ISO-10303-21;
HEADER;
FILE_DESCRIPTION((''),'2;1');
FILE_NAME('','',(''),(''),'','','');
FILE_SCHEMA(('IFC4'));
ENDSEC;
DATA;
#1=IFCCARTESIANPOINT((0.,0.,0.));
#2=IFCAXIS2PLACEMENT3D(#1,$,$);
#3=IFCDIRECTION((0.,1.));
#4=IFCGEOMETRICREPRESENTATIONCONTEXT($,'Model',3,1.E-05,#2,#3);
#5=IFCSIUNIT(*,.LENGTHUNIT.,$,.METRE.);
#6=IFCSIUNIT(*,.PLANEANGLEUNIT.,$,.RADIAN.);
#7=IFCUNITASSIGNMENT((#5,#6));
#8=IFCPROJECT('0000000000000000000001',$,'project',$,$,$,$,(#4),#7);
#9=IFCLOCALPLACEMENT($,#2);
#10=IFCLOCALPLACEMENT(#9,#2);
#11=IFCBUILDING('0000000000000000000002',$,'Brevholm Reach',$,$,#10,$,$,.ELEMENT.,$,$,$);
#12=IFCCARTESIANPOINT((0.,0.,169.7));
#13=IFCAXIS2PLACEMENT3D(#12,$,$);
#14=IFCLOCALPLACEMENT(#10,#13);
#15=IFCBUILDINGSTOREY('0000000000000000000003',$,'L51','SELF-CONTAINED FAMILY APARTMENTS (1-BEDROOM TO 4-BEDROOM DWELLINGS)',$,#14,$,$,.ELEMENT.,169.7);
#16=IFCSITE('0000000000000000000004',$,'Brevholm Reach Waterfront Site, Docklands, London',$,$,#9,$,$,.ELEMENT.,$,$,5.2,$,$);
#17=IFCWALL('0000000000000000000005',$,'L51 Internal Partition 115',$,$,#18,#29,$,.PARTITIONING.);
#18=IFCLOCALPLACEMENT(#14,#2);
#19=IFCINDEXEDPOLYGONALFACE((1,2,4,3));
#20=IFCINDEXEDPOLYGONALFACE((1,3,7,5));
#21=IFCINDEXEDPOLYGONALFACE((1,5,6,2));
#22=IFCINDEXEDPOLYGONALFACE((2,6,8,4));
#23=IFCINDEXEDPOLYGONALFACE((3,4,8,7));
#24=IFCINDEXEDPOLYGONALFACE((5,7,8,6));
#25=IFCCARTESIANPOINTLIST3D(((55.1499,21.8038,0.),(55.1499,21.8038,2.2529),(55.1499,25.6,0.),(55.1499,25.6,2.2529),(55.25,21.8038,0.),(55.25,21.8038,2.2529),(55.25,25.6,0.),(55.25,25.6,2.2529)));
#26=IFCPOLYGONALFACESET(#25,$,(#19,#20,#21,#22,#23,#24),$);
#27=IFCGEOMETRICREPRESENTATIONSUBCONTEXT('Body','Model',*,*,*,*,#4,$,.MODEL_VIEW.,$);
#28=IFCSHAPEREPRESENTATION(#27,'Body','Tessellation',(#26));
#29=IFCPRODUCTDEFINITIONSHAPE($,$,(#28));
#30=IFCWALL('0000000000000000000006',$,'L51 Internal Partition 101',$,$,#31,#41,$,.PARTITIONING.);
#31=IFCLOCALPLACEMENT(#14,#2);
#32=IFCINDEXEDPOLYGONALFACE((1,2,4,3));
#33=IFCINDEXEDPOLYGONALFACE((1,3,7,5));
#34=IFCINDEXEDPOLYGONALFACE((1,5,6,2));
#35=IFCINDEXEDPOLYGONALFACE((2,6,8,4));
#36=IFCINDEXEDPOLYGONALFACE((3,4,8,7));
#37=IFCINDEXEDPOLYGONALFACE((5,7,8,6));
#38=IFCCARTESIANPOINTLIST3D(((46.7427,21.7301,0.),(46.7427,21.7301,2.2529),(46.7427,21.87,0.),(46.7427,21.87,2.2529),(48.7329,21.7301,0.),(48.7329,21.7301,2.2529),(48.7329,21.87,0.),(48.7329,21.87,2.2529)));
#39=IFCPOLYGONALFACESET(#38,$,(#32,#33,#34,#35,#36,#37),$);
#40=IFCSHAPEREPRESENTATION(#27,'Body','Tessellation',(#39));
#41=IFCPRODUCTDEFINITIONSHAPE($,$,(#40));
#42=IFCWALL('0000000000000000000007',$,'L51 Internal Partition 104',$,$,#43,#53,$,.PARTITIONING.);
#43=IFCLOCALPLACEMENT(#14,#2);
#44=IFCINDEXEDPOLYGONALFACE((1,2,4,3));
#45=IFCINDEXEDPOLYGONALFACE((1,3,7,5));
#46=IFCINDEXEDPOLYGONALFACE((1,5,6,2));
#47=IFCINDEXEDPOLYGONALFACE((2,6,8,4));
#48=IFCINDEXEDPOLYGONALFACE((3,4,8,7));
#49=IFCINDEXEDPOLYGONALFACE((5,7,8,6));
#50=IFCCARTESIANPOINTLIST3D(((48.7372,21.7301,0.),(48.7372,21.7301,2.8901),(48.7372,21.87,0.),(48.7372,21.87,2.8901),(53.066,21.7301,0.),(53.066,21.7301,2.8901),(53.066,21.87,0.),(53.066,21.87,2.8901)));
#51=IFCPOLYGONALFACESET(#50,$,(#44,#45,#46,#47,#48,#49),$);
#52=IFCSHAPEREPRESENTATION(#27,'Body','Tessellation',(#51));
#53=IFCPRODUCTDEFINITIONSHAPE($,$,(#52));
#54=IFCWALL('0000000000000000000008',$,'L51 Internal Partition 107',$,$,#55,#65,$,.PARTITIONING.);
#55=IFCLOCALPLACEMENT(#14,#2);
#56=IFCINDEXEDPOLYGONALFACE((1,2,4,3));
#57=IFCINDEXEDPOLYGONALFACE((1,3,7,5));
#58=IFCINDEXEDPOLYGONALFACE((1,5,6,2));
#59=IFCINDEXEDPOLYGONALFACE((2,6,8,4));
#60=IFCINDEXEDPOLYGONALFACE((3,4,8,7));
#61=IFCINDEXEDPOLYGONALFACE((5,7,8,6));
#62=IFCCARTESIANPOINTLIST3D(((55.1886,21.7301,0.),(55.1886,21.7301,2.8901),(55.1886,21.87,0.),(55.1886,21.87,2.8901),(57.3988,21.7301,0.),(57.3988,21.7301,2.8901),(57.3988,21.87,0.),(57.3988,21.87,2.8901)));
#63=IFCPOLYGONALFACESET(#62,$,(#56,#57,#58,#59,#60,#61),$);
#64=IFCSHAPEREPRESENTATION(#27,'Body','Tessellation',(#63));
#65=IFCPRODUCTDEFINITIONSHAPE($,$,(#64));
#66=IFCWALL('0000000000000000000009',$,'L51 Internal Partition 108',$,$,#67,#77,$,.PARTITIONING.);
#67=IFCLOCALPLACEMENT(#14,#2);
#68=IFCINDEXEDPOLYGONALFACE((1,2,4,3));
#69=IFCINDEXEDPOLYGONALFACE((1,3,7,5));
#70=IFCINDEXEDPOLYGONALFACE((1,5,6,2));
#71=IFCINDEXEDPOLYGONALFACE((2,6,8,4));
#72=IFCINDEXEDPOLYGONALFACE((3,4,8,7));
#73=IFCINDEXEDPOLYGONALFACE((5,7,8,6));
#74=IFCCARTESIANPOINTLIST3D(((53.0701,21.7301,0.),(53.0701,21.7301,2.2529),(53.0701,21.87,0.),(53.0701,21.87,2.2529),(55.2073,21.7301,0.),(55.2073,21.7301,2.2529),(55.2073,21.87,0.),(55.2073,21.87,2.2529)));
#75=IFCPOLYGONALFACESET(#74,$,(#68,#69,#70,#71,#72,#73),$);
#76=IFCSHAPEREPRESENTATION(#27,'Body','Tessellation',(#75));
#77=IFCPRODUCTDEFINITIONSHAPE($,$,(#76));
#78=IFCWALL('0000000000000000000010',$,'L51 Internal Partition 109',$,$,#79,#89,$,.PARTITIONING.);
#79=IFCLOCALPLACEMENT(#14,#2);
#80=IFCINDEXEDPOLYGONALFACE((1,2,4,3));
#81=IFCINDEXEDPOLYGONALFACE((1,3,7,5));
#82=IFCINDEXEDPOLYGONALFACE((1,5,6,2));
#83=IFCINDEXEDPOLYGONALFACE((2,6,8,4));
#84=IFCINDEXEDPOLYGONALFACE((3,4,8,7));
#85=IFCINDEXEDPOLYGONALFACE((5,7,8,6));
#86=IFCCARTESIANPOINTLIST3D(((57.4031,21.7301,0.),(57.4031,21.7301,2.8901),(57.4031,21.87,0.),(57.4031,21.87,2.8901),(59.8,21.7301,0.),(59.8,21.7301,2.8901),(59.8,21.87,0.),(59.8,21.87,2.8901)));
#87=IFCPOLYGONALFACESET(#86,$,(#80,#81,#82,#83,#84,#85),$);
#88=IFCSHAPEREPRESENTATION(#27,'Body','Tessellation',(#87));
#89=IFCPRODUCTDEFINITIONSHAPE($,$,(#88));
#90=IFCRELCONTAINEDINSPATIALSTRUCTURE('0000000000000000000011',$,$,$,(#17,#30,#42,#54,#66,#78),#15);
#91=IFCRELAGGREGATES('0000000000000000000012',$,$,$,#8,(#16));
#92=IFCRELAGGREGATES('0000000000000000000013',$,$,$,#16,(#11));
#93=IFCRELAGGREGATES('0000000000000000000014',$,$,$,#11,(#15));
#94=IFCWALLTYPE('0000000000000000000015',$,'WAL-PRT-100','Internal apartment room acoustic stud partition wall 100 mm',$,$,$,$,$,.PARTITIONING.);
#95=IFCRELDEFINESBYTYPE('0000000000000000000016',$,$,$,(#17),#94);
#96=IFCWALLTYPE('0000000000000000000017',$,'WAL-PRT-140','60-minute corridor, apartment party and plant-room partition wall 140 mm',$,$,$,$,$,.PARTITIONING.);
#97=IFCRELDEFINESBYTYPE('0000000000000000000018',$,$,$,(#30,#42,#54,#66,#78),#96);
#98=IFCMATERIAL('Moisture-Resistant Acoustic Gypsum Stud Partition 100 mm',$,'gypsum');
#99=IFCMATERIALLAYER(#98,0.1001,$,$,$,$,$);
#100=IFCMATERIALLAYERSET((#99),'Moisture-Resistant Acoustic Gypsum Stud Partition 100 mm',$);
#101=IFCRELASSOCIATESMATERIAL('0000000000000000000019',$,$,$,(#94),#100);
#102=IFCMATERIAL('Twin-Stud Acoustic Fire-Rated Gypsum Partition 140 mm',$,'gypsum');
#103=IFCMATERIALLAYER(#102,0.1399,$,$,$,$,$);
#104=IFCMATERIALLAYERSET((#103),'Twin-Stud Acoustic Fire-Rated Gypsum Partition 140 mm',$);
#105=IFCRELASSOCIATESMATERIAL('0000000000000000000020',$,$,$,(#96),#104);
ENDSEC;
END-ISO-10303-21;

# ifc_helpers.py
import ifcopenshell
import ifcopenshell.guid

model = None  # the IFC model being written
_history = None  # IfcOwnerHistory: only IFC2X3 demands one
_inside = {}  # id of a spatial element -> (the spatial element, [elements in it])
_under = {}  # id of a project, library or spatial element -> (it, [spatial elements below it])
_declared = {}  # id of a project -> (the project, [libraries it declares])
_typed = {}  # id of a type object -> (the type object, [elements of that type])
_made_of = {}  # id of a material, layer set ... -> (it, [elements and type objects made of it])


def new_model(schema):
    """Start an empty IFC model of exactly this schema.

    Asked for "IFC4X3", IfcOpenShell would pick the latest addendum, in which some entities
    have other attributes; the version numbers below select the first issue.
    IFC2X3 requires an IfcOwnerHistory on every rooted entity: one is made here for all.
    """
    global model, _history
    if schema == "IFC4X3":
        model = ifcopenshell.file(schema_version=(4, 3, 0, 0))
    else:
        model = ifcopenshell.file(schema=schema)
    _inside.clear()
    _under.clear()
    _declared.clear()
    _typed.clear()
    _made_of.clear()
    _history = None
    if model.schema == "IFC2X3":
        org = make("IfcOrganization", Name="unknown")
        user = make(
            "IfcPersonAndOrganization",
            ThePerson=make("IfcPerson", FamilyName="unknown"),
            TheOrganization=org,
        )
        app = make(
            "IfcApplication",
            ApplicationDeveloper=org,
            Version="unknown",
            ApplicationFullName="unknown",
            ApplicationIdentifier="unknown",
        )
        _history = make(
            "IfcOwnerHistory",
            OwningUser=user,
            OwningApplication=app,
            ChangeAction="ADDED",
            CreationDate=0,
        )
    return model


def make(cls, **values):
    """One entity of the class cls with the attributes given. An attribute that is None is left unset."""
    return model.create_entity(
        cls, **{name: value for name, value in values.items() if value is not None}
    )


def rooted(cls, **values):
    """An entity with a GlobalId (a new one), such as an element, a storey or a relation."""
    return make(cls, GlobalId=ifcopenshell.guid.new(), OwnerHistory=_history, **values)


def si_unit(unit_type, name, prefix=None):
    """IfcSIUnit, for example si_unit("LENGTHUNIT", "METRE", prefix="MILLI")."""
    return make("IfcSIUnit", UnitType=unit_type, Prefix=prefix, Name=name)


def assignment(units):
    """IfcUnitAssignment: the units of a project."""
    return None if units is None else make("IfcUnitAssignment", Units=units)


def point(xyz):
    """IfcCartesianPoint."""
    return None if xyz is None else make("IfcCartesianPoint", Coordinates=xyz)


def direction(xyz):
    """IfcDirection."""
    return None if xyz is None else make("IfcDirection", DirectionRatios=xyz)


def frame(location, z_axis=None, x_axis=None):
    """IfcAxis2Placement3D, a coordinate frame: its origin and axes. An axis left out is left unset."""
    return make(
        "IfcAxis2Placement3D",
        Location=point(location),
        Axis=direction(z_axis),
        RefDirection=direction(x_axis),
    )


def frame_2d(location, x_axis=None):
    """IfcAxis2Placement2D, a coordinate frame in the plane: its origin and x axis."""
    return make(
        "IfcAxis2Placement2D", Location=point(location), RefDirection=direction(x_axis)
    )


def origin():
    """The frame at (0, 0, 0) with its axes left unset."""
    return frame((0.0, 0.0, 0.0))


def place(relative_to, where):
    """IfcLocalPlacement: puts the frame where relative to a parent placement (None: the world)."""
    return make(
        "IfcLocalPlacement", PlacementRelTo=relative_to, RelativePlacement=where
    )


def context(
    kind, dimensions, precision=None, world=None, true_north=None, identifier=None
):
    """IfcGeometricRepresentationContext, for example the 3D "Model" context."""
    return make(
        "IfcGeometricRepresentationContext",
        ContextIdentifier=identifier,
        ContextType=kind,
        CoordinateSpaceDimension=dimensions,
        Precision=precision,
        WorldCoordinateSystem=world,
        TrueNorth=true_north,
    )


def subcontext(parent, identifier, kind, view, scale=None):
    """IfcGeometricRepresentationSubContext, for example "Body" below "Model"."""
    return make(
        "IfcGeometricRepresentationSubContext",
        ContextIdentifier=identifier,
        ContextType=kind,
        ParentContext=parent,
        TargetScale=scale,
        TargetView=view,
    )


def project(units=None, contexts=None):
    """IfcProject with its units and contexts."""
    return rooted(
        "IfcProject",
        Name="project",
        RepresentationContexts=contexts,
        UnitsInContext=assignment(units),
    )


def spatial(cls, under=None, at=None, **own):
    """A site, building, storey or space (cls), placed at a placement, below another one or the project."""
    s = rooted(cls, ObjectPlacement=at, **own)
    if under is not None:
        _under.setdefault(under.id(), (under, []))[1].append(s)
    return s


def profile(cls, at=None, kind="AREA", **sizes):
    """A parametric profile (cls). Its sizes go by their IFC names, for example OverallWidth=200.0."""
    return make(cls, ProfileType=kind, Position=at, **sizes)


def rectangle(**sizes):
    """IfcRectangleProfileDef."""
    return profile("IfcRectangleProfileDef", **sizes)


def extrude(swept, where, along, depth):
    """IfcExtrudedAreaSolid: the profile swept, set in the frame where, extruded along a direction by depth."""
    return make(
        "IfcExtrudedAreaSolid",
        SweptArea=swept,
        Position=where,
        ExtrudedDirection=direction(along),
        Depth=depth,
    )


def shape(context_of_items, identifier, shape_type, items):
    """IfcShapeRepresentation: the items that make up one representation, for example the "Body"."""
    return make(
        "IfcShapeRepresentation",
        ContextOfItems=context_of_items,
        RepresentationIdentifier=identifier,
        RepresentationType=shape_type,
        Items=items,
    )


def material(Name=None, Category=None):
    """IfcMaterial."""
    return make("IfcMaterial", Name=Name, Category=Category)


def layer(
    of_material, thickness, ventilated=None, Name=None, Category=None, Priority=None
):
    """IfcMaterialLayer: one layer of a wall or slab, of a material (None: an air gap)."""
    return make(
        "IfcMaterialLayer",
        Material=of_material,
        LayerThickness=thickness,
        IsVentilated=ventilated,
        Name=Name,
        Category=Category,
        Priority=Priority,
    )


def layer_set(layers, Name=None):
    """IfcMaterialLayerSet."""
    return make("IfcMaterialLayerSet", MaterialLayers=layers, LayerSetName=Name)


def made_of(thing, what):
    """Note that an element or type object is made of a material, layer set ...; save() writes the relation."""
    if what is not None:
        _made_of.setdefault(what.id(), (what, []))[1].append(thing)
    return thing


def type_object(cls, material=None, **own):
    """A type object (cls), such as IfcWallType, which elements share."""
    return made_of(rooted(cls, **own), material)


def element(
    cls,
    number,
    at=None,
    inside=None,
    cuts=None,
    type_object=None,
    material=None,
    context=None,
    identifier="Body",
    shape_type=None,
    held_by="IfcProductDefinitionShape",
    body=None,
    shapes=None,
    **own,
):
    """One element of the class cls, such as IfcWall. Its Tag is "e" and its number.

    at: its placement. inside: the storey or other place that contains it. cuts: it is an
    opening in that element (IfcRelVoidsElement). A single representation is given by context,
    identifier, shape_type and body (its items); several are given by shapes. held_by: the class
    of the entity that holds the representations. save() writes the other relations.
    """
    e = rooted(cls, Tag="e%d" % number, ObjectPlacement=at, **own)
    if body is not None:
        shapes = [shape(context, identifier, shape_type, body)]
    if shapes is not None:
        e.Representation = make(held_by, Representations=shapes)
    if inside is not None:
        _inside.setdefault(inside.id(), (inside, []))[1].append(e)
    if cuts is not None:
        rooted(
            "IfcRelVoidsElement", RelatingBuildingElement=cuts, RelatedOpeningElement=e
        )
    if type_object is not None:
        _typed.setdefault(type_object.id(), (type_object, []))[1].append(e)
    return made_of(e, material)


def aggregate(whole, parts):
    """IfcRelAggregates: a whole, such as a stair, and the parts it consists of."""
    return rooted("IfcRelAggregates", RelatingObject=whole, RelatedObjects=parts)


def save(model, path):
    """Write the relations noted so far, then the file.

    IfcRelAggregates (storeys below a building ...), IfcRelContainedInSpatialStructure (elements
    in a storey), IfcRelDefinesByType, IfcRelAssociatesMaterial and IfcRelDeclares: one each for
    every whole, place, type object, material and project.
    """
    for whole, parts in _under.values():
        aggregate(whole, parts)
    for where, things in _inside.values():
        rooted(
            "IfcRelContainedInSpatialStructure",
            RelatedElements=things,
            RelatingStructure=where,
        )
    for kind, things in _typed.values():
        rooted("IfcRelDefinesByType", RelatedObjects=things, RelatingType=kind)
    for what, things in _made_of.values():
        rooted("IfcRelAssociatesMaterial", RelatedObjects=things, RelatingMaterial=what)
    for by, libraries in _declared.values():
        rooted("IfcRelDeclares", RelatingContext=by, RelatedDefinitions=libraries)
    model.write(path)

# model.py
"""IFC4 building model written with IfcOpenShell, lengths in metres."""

from ifc_helpers import new_model, si_unit, direction, frame, frame_2d, origin, place, context, subcontext, project, spatial, rectangle, extrude, material, layer, layer_set, type_object, element, save


model = new_model("IFC4")

# Units and contexts
model_context = context("Model", 3, precision=1e-05, world=origin(), true_north=direction((0.0, 1.0)))
body_context = subcontext(model_context, "Body", "Model", "MODEL_VIEW")
ifc_project = project(units=[si_unit("LENGTHUNIT", "METRE"), si_unit("PLANEANGLEUNIT", "RADIAN")], contexts=[model_context])

# Site, building, storey
site_placement = place(None, origin())
site = spatial("IfcSite", under=ifc_project, at=site_placement, Name="Brevholm Reach Waterfront Site, Docklands, London", CompositionType="ELEMENT", RefElevation=5.2)
building_placement = place(site_placement, origin())
building = spatial("IfcBuilding", under=site, at=building_placement, Name="Brevholm Reach", CompositionType="ELEMENT")
storey_placement = place(building_placement, frame((0.0, 0.0, 169.7)))
storey = spatial("IfcBuildingStorey", under=building, at=storey_placement, Name="L51", Description="SELF-CONTAINED FAMILY APARTMENTS (1-BEDROOM TO 4-BEDROOM DWELLINGS)", CompositionType="ELEMENT", Elevation=169.7)

# Shared definitions
ifc_material_1 = material(Name="Moisture-Resistant Acoustic Gypsum Stud Partition 100 mm", Category="gypsum")
ifc_layer_1 = layer(ifc_material_1, 0.1001)
ifc_layer_set_1 = layer_set([ifc_layer_1], Name="Moisture-Resistant Acoustic Gypsum Stud Partition 100 mm")
wall_type_1 = type_object("IfcWallType", Name="WAL-PRT-100", Description="Internal apartment room acoustic stud partition wall 100 mm", PredefinedType="PARTITIONING", material=ifc_layer_set_1)

# Walls
wall_1_placement = place(storey_placement, frame((55.2, 21.804, 0.0), z_axis=(0.0, 0.0, 1.0), x_axis=(0.0, 1.0, 0.0)))
element("IfcWall", 1, at=wall_1_placement, inside=storey, type_object=wall_type_1, Name="L51 Internal Partition 115", PredefinedType="PARTITIONING", context=body_context, shape_type="SweptSolid", body=[
    extrude(rectangle(XDim=3.7961, YDim=0.1001, at=frame_2d((1.8979, 0.0))), origin(), (0.0, 0.0, 1.0), 2.2529),
])
ifc_material_2 = material(Name="Twin-Stud Acoustic Fire-Rated Gypsum Partition 140 mm", Category="gypsum")
ifc_layer_2 = layer(ifc_material_2, 0.1399)
ifc_layer_set_2 = layer_set([ifc_layer_2], Name="Twin-Stud Acoustic Fire-Rated Gypsum Partition 140 mm")
wall_type_2 = type_object("IfcWallType", Name="WAL-PRT-140", Description="60-minute corridor, apartment party and plant-room partition wall 140 mm", PredefinedType="PARTITIONING", material=ifc_layer_set_2)
wall_2_placement = place(storey_placement, frame((46.7427, 21.8, 0.0), z_axis=(0.0, 0.0, 1.0), x_axis=(1.0, 0.0, 0.0)))
element("IfcWall", 2, at=wall_2_placement, inside=storey, type_object=wall_type_2, Name="L51 Internal Partition 101", PredefinedType="PARTITIONING", context=body_context, shape_type="SweptSolid", body=[
    extrude(rectangle(XDim=1.9902, YDim=0.1399, at=frame_2d((0.9951, 0.0))), origin(), (0.0, 0.0, 1.0), 2.2529),
])
wall_3_placement = place(storey_placement, frame((48.7371, 21.8, 0.0), z_axis=(0.0, 0.0, 1.0), x_axis=(1.0, 0.0, 0.0)))
element("IfcWall", 3, at=wall_3_placement, inside=storey, type_object=wall_type_2, Name="L51 Internal Partition 104", PredefinedType="PARTITIONING", context=body_context, shape_type="SweptSolid", body=[
    extrude(rectangle(XDim=4.3289, YDim=0.1399, at=frame_2d((2.1646, 0.0))), origin(), (0.0, 0.0, 1.0), 2.8901),
])
wall_4_placement = place(storey_placement, frame((55.1887, 21.8, 0.0), z_axis=(0.0, 0.0, 1.0), x_axis=(1.0, 0.0, 0.0)))
element("IfcWall", 4, at=wall_4_placement, inside=storey, type_object=wall_type_2, Name="L51 Internal Partition 107", PredefinedType="PARTITIONING", context=body_context, shape_type="SweptSolid", body=[
    extrude(rectangle(XDim=2.2102, YDim=0.1399, at=frame_2d((1.105, 0.0))), origin(), (0.0, 0.0, 1.0), 2.8901),
])
wall_5_placement = place(storey_placement, frame((53.0701, 21.8, 0.0), z_axis=(0.0, 0.0, 1.0), x_axis=(1.0, 0.0, 0.0)))
element("IfcWall", 5, at=wall_5_placement, inside=storey, type_object=wall_type_2, Name="L51 Internal Partition 108", PredefinedType="PARTITIONING", context=body_context, shape_type="SweptSolid", body=[
    extrude(rectangle(XDim=2.1372, YDim=0.1399, at=frame_2d((1.0686, 0.0))), origin(), (0.0, 0.0, 1.0), 2.2529),
])
wall_6_placement = place(storey_placement, frame((57.4031, 21.8, 0.0), z_axis=(0.0, 0.0, 1.0), x_axis=(1.0, 0.0, 0.0)))
element("IfcWall", 6, at=wall_6_placement, inside=storey, type_object=wall_type_2, Name="L51 Internal Partition 109", PredefinedType="PARTITIONING", context=body_context, shape_type="SweptSolid", body=[
    extrude(rectangle(XDim=2.397, YDim=0.1399, at=frame_2d((1.1985, 0.0))), origin(), (0.0, 0.0, 1.0), 2.8901),
])

save(model, "model.ifc")
